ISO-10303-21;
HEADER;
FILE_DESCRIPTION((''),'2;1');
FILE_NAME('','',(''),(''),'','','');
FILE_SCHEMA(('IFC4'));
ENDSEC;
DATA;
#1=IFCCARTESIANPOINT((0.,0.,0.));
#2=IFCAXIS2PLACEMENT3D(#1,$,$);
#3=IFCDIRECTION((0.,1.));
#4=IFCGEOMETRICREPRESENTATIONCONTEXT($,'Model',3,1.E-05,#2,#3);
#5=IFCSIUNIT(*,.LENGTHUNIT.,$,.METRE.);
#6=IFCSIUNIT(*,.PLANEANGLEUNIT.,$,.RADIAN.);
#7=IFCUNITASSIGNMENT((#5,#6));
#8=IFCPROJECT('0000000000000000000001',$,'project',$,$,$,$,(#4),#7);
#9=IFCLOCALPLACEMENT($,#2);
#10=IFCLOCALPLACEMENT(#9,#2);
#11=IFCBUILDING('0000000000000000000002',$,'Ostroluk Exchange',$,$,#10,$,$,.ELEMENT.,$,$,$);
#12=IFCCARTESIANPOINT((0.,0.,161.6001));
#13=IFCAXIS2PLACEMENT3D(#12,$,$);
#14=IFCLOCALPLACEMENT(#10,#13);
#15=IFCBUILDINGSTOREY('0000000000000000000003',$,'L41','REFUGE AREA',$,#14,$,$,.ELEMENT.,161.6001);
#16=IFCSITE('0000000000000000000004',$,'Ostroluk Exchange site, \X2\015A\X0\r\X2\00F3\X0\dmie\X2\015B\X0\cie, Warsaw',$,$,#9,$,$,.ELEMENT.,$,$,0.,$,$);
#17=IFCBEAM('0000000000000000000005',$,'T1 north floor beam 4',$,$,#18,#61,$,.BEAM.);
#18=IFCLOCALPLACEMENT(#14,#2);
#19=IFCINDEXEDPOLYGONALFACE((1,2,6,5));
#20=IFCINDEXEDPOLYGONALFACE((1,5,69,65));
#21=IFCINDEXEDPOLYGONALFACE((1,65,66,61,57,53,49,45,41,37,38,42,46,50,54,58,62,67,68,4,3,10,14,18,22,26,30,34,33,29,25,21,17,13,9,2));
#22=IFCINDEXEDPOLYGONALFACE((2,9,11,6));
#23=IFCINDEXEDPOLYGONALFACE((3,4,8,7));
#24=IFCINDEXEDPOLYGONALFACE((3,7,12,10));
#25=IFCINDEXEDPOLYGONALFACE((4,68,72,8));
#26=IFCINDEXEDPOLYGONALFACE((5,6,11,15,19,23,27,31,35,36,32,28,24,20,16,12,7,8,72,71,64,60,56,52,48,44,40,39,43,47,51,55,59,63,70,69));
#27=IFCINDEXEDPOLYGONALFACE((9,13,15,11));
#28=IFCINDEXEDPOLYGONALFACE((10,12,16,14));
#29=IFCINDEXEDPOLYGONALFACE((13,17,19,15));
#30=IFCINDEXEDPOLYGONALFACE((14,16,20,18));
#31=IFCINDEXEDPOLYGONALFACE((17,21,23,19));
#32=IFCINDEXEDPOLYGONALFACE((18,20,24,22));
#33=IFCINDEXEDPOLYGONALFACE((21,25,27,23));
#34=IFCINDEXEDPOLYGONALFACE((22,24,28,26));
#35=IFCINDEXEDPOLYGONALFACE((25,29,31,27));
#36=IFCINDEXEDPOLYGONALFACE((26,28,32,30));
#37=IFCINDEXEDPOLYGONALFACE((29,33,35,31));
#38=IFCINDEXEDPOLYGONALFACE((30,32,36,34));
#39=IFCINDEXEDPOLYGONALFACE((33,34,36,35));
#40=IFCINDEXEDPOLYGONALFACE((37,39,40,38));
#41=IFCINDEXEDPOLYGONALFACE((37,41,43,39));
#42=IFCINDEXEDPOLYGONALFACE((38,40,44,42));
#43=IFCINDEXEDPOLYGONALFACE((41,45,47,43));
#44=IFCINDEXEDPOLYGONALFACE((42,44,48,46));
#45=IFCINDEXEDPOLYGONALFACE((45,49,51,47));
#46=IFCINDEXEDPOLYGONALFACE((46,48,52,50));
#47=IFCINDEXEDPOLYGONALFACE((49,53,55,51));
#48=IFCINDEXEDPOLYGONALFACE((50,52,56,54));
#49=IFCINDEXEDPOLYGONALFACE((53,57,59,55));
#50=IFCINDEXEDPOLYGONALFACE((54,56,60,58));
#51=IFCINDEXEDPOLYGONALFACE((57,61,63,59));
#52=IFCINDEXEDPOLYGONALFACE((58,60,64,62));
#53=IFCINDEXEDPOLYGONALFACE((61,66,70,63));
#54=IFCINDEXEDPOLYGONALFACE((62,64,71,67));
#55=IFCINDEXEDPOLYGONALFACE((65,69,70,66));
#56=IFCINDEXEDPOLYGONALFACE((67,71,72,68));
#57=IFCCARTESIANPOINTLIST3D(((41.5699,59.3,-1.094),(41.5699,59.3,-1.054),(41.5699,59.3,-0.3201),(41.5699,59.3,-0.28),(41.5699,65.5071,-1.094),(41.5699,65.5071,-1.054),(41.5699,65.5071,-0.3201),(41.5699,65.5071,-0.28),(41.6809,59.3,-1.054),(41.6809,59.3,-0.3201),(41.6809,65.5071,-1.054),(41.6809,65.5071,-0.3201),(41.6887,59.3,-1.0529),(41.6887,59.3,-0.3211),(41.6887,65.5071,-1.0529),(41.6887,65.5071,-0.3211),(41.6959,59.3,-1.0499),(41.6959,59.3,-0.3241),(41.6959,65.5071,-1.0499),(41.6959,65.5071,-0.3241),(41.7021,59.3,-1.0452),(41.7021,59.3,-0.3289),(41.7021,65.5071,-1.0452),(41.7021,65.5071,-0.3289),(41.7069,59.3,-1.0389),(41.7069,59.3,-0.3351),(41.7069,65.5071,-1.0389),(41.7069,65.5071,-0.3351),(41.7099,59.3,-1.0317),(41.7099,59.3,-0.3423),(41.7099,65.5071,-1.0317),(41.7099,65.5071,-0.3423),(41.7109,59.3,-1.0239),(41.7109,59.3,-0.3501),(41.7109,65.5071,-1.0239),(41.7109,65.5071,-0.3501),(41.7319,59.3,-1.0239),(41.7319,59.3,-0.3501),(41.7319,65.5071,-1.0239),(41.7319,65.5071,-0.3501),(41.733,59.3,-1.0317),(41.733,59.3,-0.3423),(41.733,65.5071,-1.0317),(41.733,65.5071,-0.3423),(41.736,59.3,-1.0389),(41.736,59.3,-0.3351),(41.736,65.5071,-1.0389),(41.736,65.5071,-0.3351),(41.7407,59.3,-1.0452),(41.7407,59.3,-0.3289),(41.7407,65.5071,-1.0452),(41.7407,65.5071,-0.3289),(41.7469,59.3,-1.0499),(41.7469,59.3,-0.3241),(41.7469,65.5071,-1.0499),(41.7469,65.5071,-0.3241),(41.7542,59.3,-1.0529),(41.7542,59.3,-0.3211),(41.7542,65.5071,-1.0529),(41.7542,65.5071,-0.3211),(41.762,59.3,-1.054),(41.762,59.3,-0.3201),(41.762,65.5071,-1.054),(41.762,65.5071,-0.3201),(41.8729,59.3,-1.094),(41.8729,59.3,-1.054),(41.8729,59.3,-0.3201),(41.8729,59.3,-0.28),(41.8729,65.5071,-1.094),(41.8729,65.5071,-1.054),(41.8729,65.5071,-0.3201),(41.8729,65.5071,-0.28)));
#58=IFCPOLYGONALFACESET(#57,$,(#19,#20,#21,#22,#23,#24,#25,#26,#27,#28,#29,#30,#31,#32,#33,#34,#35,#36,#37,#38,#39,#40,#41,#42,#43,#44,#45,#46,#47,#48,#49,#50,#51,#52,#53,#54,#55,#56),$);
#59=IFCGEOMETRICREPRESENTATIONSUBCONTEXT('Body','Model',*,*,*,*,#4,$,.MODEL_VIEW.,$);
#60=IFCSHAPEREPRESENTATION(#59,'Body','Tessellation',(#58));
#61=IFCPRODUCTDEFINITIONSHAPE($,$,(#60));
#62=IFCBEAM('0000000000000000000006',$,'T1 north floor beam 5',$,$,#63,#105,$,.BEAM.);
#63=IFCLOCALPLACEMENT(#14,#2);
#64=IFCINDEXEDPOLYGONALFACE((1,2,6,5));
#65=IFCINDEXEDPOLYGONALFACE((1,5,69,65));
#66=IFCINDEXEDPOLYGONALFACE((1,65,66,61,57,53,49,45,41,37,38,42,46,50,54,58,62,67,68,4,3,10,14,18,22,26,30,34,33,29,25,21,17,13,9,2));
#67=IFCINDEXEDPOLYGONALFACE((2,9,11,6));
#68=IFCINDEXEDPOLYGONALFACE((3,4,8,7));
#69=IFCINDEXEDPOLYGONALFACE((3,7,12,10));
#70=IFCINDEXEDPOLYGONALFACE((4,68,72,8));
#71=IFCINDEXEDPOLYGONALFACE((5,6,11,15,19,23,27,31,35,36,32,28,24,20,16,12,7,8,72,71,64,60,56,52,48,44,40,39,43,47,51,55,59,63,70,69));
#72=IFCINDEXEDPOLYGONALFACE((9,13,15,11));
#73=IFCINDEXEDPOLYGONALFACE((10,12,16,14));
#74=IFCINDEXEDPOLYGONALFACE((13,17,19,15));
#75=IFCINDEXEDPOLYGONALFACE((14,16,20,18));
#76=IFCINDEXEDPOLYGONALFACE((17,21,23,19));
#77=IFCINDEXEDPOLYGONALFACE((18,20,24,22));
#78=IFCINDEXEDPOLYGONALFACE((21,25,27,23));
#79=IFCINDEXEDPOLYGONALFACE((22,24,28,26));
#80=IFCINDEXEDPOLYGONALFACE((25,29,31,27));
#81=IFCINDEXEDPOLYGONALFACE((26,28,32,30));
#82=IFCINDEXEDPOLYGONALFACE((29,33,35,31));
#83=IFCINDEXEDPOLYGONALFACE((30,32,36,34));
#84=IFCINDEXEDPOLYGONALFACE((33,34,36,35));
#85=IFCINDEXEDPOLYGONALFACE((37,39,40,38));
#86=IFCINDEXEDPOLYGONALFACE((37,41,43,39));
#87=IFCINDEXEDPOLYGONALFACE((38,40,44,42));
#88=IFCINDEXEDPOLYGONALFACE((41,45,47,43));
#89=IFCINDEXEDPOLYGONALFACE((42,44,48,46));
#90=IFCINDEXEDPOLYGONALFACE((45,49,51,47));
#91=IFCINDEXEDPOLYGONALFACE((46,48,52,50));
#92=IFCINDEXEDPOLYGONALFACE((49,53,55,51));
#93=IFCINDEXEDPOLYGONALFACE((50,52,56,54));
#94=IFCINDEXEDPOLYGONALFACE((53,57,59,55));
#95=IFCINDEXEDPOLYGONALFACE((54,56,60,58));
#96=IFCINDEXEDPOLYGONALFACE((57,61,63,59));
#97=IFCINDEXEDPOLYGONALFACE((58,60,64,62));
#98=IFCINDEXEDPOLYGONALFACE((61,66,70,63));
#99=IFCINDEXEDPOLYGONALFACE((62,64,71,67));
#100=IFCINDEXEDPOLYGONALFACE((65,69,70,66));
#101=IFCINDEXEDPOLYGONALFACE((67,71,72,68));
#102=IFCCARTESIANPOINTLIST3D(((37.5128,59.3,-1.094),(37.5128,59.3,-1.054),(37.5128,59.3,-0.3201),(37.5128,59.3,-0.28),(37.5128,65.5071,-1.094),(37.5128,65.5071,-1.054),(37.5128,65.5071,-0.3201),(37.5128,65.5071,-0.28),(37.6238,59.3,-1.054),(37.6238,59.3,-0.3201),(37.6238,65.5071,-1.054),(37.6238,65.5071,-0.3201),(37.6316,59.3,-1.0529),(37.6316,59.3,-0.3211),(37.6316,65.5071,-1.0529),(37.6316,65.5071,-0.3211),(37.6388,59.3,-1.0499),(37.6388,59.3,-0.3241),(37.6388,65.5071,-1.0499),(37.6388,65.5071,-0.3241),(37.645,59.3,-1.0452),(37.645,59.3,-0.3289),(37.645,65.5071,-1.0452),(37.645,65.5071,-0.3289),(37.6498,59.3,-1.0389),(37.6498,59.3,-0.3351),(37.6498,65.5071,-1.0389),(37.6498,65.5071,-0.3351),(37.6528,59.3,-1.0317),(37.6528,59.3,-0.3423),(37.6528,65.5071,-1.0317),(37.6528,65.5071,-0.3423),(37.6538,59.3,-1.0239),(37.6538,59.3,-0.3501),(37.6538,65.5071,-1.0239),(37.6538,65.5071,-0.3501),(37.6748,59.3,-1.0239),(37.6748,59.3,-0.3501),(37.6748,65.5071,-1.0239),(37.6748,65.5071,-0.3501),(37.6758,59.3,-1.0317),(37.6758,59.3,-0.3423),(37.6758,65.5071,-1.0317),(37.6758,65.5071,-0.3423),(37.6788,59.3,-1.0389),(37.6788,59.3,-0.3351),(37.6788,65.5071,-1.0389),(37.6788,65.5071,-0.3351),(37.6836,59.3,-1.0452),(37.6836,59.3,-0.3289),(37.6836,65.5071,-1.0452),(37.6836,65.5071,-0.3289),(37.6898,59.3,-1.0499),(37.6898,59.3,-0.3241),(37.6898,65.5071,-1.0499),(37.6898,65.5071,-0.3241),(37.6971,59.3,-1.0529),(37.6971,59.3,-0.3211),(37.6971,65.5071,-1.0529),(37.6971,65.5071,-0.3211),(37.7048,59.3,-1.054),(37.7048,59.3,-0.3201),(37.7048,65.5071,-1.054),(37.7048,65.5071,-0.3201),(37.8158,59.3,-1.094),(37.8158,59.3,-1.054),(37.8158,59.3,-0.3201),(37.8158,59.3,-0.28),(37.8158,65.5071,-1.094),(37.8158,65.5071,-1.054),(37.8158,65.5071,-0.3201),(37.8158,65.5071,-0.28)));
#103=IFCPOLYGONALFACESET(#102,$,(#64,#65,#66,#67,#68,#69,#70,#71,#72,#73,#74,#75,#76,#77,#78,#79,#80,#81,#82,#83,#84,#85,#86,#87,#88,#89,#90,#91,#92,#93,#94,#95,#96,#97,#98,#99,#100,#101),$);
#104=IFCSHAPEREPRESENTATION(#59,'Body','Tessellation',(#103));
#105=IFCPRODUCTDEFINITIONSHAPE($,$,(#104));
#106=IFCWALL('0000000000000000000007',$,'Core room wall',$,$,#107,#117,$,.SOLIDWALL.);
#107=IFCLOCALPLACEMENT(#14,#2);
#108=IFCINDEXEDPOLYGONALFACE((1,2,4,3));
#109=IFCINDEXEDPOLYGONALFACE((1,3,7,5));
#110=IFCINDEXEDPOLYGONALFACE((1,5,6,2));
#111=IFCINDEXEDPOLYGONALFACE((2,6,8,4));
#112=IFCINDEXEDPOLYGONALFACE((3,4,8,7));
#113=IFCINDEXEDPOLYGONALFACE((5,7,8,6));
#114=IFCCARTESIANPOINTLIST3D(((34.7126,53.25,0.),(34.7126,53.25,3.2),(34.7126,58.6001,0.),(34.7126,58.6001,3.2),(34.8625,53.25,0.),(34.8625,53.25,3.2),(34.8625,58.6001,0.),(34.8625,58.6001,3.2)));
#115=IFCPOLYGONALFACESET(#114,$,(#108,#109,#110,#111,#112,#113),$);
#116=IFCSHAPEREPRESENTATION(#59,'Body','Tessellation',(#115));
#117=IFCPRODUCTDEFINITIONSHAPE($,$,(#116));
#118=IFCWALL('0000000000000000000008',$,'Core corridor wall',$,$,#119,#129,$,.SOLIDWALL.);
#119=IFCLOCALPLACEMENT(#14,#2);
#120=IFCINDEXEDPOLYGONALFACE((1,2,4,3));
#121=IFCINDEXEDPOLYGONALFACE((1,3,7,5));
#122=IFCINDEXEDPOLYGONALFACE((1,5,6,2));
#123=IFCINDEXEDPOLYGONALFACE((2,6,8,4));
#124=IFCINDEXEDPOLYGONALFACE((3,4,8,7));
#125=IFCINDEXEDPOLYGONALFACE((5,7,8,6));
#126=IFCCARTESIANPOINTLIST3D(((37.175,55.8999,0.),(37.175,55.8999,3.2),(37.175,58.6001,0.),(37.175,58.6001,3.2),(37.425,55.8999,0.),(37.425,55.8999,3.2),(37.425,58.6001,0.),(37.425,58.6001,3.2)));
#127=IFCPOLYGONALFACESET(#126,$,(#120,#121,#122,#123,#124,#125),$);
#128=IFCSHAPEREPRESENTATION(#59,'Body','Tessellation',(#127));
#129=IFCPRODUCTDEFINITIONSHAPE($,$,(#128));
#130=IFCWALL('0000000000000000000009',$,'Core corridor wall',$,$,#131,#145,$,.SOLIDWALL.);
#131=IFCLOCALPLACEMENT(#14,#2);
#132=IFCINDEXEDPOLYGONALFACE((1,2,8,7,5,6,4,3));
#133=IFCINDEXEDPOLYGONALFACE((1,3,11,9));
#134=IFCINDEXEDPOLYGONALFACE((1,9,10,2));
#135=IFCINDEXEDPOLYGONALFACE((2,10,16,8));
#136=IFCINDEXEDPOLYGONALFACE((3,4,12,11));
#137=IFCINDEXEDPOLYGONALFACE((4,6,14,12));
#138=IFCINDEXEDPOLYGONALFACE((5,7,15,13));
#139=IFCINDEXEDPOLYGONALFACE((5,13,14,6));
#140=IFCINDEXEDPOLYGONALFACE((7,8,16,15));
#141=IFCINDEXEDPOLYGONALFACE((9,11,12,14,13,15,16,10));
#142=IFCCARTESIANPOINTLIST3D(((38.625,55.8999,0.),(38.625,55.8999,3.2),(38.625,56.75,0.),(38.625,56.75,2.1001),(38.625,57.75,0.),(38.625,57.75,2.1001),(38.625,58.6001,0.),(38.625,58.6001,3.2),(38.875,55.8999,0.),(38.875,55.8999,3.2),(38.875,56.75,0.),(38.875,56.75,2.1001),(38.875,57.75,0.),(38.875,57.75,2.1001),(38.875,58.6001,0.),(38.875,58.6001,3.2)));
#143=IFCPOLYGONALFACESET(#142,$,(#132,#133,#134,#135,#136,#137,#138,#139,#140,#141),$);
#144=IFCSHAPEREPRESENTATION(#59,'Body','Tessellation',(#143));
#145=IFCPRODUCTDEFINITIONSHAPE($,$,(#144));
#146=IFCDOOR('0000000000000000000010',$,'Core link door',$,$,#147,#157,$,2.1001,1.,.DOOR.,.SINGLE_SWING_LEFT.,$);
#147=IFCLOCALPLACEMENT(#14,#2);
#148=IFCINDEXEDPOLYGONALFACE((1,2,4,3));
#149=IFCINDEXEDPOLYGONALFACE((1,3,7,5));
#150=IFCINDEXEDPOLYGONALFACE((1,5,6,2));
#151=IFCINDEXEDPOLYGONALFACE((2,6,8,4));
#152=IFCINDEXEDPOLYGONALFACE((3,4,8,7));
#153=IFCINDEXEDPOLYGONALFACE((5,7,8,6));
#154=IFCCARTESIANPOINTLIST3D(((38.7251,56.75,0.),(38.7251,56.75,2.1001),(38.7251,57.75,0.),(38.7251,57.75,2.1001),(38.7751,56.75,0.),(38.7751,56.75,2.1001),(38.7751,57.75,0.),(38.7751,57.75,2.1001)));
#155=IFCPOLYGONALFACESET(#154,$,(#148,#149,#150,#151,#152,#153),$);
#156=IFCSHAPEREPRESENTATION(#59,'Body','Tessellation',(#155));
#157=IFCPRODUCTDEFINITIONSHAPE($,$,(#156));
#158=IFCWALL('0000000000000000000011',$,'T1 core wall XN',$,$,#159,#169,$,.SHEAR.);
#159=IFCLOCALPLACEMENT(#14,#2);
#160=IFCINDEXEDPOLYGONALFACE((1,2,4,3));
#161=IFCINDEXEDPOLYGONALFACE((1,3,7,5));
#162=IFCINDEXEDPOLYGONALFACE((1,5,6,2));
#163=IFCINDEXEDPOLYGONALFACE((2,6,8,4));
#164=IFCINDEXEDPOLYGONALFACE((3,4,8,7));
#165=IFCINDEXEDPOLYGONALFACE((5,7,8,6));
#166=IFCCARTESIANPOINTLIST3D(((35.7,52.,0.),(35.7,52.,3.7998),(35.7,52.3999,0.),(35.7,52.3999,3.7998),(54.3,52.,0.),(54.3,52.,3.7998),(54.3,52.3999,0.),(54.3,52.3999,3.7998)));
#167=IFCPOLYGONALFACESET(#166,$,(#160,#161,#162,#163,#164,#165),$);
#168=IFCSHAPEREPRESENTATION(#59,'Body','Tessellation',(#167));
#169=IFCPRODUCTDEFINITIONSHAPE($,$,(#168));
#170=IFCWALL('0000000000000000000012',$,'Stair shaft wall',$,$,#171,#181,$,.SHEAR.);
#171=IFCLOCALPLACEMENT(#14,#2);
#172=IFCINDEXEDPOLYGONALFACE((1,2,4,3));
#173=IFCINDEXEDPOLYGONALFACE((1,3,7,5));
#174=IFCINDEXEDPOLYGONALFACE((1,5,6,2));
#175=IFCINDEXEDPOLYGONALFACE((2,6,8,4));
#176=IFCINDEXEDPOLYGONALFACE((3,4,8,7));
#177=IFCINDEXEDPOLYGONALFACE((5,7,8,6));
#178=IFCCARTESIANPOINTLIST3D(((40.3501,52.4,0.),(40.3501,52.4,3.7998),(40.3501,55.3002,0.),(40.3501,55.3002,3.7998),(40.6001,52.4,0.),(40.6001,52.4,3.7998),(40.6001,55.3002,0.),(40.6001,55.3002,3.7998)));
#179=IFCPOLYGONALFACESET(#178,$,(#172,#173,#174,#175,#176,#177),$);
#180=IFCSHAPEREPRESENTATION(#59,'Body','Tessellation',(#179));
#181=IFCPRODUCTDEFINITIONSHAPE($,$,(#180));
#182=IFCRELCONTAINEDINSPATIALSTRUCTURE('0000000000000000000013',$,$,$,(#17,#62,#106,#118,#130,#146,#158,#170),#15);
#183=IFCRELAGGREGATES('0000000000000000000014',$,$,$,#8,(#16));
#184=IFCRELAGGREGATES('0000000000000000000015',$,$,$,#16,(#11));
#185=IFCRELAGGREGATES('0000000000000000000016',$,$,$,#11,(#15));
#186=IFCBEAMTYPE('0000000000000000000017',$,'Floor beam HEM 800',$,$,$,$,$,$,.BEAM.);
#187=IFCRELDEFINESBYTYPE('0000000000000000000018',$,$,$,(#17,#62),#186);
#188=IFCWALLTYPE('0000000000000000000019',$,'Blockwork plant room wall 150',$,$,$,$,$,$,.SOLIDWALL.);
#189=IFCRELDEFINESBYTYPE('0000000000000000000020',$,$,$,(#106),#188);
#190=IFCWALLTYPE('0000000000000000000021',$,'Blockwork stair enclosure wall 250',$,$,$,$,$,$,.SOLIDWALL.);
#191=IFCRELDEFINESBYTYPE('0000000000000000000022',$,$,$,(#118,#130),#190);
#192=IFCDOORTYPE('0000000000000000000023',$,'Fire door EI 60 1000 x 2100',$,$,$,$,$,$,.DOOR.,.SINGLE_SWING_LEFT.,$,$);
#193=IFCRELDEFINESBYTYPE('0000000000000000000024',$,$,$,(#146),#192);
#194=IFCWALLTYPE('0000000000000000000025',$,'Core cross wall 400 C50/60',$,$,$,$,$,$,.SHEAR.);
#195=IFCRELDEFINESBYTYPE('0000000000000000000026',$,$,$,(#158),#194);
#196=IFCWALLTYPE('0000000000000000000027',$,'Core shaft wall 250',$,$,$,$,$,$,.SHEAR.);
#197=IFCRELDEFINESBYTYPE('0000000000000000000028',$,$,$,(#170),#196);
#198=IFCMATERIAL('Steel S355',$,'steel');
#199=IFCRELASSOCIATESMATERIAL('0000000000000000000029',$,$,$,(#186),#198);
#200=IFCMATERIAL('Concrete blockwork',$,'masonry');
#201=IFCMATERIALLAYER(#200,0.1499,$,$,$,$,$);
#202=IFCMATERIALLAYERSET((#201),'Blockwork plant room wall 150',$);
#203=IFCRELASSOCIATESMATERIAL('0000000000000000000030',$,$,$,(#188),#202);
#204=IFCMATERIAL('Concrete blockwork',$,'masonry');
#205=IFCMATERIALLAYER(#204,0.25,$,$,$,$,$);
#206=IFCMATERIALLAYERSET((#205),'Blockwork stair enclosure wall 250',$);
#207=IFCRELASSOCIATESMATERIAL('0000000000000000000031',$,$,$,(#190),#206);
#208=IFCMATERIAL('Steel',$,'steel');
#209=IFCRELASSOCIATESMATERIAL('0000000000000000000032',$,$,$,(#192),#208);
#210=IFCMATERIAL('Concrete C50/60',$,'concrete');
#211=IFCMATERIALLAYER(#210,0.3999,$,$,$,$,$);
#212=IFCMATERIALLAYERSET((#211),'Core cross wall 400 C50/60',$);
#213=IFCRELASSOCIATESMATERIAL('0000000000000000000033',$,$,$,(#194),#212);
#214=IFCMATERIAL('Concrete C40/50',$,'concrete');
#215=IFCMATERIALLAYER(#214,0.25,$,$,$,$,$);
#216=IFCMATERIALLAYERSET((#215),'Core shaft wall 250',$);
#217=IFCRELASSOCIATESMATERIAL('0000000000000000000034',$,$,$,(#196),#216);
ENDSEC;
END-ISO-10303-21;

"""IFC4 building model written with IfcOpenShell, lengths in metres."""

from ifc_helpers import new_model, si_unit, direction, frame, frame_2d, origin, origin_2d, place, context, subcontext, project, spatial, rectangle, i_section, extrude, material, layer, layer_set, material_profile, profile_set, type_object, element, fill, save


model = new_model("IFC4")

# Units and contexts
model_context = context("Model", 3, precision=1e-05, world=origin(), true_north=direction((0.0, 1.0)))
body_context = subcontext(model_context, "Body", "Model", "MODEL_VIEW")
ifc_project = project(units=[si_unit("LENGTHUNIT", "METRE"), si_unit("PLANEANGLEUNIT", "RADIAN")], contexts=[model_context])

# Site, building, storey
site_placement = place(None, origin())
site = spatial("IfcSite", under=ifc_project, at=site_placement, Name="Ostroluk Exchange site, Śródmieście, Warsaw", CompositionType="ELEMENT", RefElevation=0.0)
building_placement = place(site_placement, origin())
building = spatial("IfcBuilding", under=site, at=building_placement, Name="Ostroluk Exchange", CompositionType="ELEMENT")
storey_placement = place(building_placement, frame((0.0, 0.0, 161.6001)))
storey = spatial("IfcBuildingStorey", under=building, at=storey_placement, Name="L41", Description="REFUGE AREA", CompositionType="ELEMENT", Elevation=161.6001)

# Beams
ifc_material_1 = material(Name="Steel S355", Category="steel")
ifc_material_profile = material_profile(ifc_material_1, i_section(OverallWidth=0.303, OverallDepth=0.814, WebThickness=0.021, FlangeThickness=0.04, FilletRadius=0.03, at=origin_2d()), Name="HEM 800")
ifc_profile_set = profile_set([ifc_material_profile], Name="Steel S355")
beam_type = type_object("IfcBeamType", Name="Floor beam HEM 800", PredefinedType="BEAM", material=ifc_profile_set)
for number, where, z_axis, x_axis, name in (
    (1, (41.7214, 59.3, -0.687), (0.0, 1.0, 0.0), (-1.0, 0.0, 0.0), "T1 north floor beam 4"),
    (2, (37.6643, 59.3, -0.687), (0.0, 1.0, 0.0), (-1.0, 0.0, 0.0), "T1 north floor beam 5"),
):
    element("IfcBeam", number, at=place(storey_placement, frame(where, z_axis=z_axis, x_axis=x_axis)), inside=storey, type_object=beam_type, Name=name, PredefinedType="BEAM", context=body_context, shape_type="SweptSolid", body=[
        extrude(i_section(OverallWidth=0.303, OverallDepth=0.814, WebThickness=0.021, FlangeThickness=0.04, FilletRadius=0.03, at=origin_2d()), origin(), (0.0, 0.0, 1.0), 6.207),
    ])

# Walls
ifc_material_2 = material(Name="Concrete blockwork", Category="masonry")
ifc_layer_1 = layer(ifc_material_2, 0.1499)
ifc_layer_set_1 = layer_set([ifc_layer_1], Name="Blockwork plant room wall 150")
wall_type_1 = type_object("IfcWallType", Name="Blockwork plant room wall 150", PredefinedType="SOLIDWALL", material=ifc_layer_set_1)
wall_1_placement = place(storey_placement, frame((34.7876, 53.25, 0.0), z_axis=(0.0, 0.0, 1.0), x_axis=(0.0, 1.0, 0.0)))
element("IfcWall", 3, at=wall_1_placement, inside=storey, type_object=wall_type_1, Name="Core room wall", PredefinedType="SOLIDWALL", context=body_context, shape_type="SweptSolid", body=[
    extrude(rectangle(XDim=5.3501, YDim=0.1499, at=frame_2d((2.675, 0.0))), origin(), (0.0, 0.0, 1.0), 3.2),
])
ifc_material_3 = material(Name="Concrete blockwork", Category="masonry")
ifc_layer_2 = layer(ifc_material_3, 0.25)
ifc_layer_set_2 = layer_set([ifc_layer_2], Name="Blockwork stair enclosure wall 250")
wall_type_2 = type_object("IfcWallType", Name="Blockwork stair enclosure wall 250", PredefinedType="SOLIDWALL", material=ifc_layer_set_2)
wall_2_placement = place(storey_placement, frame((37.3, 55.8999, 0.0), z_axis=(0.0, 0.0, 1.0), x_axis=(0.0, 1.0, 0.0)))
element("IfcWall", 4, at=wall_2_placement, inside=storey, type_object=wall_type_2, Name="Core corridor wall", PredefinedType="SOLIDWALL", context=body_context, shape_type="SweptSolid", body=[
    extrude(rectangle(XDim=2.7002, YDim=0.25, at=frame_2d((1.3501, 0.0))), origin(), (0.0, 0.0, 1.0), 3.2),
])

# Wall, opening, door
wall_3_placement = place(storey_placement, frame((38.75, 55.8999, 0.0), z_axis=(0.0, 0.0, 1.0), x_axis=(0.0, 1.0, 0.0)))
wall_3 = element("IfcWall", 5, at=wall_3_placement, inside=storey, type_object=wall_type_2, Name="Core corridor wall", PredefinedType="SOLIDWALL", context=body_context, shape_type="SweptSolid", body=[
    extrude(rectangle(XDim=2.7002, YDim=0.25, at=frame_2d((1.3501, 0.0))), origin(), (0.0, 0.0, 1.0), 3.2),
])
opening_1_placement = place(wall_3_placement, frame((0.8501, 0.0, 0.0)))
opening_1 = element("IfcOpeningElement", 6, at=opening_1_placement, cuts=wall_3, PredefinedType="OPENING", context=body_context, shape_type="SweptSolid", body=[
    extrude(rectangle(XDim=1.0, YDim=2.1001, at=frame_2d((0.5, 1.05))), frame((0.0, 0.135, 0.0), z_axis=(0.0, -1.0, 0.0), x_axis=(1.0, 0.0, 0.0)), (0.0, 0.0, 1.0), 0.27),
])
ifc_material_4 = material(Name="Steel", Category="steel")
door_type_1 = type_object("IfcDoorType", Name="Fire door EI 60 1000 x 2100", OperationType="SINGLE_SWING_LEFT", PredefinedType="DOOR", material=ifc_material_4)
door_1_placement = place(opening_1_placement, origin())
door_1 = element("IfcDoor", 7, at=door_1_placement, inside=storey, type_object=door_type_1, Name="Core link door", OperationType="SINGLE_SWING_LEFT", OverallHeight=2.1001, OverallWidth=1.0, PredefinedType="DOOR", context=body_context, shape_type="SweptSolid", body=[
    extrude(rectangle(XDim=1.0, YDim=2.1001, at=frame_2d((0.5, 1.05))), frame((0.0, 0.0249, 0.0), z_axis=(0.0, -1.0, 0.0), x_axis=(1.0, 0.0, 0.0)), (0.0, 0.0, 1.0), 0.05),
])
fill(opening_1, door_1)

# Walls
ifc_material_5 = material(Name="Concrete C50/60", Category="concrete")
ifc_layer_3 = layer(ifc_material_5, 0.3999)
ifc_layer_set_3 = layer_set([ifc_layer_3], Name="Core cross wall 400 C50/60")
wall_type_3 = type_object("IfcWallType", Name="Core cross wall 400 C50/60", PredefinedType="SHEAR", material=ifc_layer_set_3)
wall_4_placement = place(storey_placement, frame((35.7, 52.2, 0.0), z_axis=(0.0, 0.0, 1.0), x_axis=(1.0, 0.0, 0.0)))
element("IfcWall", 8, at=wall_4_placement, inside=storey, type_object=wall_type_3, Name="T1 core wall XN", PredefinedType="SHEAR", context=body_context, shape_type="SweptSolid", body=[
    extrude(rectangle(XDim=18.6001, YDim=0.3999, at=frame_2d((9.3, 0.0))), origin(), (0.0, 0.0, 1.0), 3.7998),
])
ifc_material_6 = material(Name="Concrete C40/50", Category="concrete")
ifc_layer_4 = layer(ifc_material_6, 0.25)
ifc_layer_set_4 = layer_set([ifc_layer_4], Name="Core shaft wall 250")
wall_type_4 = type_object("IfcWallType", Name="Core shaft wall 250", PredefinedType="SHEAR", material=ifc_layer_set_4)
wall_5_placement = place(storey_placement, frame((40.4751, 52.3999, 0.0), z_axis=(0.0, 0.0, 1.0), x_axis=(0.0, 1.0, 0.0)))
element("IfcWall", 9, at=wall_5_placement, inside=storey, type_object=wall_type_4, Name="Stair shaft wall", PredefinedType="SHEAR", context=body_context, shape_type="SweptSolid", body=[
    extrude(rectangle(XDim=2.9001, YDim=0.25, at=frame_2d((1.4502, 0.0))), origin(), (0.0, 0.0, 1.0), 3.7998),
])

save(model, "model.ifc")
